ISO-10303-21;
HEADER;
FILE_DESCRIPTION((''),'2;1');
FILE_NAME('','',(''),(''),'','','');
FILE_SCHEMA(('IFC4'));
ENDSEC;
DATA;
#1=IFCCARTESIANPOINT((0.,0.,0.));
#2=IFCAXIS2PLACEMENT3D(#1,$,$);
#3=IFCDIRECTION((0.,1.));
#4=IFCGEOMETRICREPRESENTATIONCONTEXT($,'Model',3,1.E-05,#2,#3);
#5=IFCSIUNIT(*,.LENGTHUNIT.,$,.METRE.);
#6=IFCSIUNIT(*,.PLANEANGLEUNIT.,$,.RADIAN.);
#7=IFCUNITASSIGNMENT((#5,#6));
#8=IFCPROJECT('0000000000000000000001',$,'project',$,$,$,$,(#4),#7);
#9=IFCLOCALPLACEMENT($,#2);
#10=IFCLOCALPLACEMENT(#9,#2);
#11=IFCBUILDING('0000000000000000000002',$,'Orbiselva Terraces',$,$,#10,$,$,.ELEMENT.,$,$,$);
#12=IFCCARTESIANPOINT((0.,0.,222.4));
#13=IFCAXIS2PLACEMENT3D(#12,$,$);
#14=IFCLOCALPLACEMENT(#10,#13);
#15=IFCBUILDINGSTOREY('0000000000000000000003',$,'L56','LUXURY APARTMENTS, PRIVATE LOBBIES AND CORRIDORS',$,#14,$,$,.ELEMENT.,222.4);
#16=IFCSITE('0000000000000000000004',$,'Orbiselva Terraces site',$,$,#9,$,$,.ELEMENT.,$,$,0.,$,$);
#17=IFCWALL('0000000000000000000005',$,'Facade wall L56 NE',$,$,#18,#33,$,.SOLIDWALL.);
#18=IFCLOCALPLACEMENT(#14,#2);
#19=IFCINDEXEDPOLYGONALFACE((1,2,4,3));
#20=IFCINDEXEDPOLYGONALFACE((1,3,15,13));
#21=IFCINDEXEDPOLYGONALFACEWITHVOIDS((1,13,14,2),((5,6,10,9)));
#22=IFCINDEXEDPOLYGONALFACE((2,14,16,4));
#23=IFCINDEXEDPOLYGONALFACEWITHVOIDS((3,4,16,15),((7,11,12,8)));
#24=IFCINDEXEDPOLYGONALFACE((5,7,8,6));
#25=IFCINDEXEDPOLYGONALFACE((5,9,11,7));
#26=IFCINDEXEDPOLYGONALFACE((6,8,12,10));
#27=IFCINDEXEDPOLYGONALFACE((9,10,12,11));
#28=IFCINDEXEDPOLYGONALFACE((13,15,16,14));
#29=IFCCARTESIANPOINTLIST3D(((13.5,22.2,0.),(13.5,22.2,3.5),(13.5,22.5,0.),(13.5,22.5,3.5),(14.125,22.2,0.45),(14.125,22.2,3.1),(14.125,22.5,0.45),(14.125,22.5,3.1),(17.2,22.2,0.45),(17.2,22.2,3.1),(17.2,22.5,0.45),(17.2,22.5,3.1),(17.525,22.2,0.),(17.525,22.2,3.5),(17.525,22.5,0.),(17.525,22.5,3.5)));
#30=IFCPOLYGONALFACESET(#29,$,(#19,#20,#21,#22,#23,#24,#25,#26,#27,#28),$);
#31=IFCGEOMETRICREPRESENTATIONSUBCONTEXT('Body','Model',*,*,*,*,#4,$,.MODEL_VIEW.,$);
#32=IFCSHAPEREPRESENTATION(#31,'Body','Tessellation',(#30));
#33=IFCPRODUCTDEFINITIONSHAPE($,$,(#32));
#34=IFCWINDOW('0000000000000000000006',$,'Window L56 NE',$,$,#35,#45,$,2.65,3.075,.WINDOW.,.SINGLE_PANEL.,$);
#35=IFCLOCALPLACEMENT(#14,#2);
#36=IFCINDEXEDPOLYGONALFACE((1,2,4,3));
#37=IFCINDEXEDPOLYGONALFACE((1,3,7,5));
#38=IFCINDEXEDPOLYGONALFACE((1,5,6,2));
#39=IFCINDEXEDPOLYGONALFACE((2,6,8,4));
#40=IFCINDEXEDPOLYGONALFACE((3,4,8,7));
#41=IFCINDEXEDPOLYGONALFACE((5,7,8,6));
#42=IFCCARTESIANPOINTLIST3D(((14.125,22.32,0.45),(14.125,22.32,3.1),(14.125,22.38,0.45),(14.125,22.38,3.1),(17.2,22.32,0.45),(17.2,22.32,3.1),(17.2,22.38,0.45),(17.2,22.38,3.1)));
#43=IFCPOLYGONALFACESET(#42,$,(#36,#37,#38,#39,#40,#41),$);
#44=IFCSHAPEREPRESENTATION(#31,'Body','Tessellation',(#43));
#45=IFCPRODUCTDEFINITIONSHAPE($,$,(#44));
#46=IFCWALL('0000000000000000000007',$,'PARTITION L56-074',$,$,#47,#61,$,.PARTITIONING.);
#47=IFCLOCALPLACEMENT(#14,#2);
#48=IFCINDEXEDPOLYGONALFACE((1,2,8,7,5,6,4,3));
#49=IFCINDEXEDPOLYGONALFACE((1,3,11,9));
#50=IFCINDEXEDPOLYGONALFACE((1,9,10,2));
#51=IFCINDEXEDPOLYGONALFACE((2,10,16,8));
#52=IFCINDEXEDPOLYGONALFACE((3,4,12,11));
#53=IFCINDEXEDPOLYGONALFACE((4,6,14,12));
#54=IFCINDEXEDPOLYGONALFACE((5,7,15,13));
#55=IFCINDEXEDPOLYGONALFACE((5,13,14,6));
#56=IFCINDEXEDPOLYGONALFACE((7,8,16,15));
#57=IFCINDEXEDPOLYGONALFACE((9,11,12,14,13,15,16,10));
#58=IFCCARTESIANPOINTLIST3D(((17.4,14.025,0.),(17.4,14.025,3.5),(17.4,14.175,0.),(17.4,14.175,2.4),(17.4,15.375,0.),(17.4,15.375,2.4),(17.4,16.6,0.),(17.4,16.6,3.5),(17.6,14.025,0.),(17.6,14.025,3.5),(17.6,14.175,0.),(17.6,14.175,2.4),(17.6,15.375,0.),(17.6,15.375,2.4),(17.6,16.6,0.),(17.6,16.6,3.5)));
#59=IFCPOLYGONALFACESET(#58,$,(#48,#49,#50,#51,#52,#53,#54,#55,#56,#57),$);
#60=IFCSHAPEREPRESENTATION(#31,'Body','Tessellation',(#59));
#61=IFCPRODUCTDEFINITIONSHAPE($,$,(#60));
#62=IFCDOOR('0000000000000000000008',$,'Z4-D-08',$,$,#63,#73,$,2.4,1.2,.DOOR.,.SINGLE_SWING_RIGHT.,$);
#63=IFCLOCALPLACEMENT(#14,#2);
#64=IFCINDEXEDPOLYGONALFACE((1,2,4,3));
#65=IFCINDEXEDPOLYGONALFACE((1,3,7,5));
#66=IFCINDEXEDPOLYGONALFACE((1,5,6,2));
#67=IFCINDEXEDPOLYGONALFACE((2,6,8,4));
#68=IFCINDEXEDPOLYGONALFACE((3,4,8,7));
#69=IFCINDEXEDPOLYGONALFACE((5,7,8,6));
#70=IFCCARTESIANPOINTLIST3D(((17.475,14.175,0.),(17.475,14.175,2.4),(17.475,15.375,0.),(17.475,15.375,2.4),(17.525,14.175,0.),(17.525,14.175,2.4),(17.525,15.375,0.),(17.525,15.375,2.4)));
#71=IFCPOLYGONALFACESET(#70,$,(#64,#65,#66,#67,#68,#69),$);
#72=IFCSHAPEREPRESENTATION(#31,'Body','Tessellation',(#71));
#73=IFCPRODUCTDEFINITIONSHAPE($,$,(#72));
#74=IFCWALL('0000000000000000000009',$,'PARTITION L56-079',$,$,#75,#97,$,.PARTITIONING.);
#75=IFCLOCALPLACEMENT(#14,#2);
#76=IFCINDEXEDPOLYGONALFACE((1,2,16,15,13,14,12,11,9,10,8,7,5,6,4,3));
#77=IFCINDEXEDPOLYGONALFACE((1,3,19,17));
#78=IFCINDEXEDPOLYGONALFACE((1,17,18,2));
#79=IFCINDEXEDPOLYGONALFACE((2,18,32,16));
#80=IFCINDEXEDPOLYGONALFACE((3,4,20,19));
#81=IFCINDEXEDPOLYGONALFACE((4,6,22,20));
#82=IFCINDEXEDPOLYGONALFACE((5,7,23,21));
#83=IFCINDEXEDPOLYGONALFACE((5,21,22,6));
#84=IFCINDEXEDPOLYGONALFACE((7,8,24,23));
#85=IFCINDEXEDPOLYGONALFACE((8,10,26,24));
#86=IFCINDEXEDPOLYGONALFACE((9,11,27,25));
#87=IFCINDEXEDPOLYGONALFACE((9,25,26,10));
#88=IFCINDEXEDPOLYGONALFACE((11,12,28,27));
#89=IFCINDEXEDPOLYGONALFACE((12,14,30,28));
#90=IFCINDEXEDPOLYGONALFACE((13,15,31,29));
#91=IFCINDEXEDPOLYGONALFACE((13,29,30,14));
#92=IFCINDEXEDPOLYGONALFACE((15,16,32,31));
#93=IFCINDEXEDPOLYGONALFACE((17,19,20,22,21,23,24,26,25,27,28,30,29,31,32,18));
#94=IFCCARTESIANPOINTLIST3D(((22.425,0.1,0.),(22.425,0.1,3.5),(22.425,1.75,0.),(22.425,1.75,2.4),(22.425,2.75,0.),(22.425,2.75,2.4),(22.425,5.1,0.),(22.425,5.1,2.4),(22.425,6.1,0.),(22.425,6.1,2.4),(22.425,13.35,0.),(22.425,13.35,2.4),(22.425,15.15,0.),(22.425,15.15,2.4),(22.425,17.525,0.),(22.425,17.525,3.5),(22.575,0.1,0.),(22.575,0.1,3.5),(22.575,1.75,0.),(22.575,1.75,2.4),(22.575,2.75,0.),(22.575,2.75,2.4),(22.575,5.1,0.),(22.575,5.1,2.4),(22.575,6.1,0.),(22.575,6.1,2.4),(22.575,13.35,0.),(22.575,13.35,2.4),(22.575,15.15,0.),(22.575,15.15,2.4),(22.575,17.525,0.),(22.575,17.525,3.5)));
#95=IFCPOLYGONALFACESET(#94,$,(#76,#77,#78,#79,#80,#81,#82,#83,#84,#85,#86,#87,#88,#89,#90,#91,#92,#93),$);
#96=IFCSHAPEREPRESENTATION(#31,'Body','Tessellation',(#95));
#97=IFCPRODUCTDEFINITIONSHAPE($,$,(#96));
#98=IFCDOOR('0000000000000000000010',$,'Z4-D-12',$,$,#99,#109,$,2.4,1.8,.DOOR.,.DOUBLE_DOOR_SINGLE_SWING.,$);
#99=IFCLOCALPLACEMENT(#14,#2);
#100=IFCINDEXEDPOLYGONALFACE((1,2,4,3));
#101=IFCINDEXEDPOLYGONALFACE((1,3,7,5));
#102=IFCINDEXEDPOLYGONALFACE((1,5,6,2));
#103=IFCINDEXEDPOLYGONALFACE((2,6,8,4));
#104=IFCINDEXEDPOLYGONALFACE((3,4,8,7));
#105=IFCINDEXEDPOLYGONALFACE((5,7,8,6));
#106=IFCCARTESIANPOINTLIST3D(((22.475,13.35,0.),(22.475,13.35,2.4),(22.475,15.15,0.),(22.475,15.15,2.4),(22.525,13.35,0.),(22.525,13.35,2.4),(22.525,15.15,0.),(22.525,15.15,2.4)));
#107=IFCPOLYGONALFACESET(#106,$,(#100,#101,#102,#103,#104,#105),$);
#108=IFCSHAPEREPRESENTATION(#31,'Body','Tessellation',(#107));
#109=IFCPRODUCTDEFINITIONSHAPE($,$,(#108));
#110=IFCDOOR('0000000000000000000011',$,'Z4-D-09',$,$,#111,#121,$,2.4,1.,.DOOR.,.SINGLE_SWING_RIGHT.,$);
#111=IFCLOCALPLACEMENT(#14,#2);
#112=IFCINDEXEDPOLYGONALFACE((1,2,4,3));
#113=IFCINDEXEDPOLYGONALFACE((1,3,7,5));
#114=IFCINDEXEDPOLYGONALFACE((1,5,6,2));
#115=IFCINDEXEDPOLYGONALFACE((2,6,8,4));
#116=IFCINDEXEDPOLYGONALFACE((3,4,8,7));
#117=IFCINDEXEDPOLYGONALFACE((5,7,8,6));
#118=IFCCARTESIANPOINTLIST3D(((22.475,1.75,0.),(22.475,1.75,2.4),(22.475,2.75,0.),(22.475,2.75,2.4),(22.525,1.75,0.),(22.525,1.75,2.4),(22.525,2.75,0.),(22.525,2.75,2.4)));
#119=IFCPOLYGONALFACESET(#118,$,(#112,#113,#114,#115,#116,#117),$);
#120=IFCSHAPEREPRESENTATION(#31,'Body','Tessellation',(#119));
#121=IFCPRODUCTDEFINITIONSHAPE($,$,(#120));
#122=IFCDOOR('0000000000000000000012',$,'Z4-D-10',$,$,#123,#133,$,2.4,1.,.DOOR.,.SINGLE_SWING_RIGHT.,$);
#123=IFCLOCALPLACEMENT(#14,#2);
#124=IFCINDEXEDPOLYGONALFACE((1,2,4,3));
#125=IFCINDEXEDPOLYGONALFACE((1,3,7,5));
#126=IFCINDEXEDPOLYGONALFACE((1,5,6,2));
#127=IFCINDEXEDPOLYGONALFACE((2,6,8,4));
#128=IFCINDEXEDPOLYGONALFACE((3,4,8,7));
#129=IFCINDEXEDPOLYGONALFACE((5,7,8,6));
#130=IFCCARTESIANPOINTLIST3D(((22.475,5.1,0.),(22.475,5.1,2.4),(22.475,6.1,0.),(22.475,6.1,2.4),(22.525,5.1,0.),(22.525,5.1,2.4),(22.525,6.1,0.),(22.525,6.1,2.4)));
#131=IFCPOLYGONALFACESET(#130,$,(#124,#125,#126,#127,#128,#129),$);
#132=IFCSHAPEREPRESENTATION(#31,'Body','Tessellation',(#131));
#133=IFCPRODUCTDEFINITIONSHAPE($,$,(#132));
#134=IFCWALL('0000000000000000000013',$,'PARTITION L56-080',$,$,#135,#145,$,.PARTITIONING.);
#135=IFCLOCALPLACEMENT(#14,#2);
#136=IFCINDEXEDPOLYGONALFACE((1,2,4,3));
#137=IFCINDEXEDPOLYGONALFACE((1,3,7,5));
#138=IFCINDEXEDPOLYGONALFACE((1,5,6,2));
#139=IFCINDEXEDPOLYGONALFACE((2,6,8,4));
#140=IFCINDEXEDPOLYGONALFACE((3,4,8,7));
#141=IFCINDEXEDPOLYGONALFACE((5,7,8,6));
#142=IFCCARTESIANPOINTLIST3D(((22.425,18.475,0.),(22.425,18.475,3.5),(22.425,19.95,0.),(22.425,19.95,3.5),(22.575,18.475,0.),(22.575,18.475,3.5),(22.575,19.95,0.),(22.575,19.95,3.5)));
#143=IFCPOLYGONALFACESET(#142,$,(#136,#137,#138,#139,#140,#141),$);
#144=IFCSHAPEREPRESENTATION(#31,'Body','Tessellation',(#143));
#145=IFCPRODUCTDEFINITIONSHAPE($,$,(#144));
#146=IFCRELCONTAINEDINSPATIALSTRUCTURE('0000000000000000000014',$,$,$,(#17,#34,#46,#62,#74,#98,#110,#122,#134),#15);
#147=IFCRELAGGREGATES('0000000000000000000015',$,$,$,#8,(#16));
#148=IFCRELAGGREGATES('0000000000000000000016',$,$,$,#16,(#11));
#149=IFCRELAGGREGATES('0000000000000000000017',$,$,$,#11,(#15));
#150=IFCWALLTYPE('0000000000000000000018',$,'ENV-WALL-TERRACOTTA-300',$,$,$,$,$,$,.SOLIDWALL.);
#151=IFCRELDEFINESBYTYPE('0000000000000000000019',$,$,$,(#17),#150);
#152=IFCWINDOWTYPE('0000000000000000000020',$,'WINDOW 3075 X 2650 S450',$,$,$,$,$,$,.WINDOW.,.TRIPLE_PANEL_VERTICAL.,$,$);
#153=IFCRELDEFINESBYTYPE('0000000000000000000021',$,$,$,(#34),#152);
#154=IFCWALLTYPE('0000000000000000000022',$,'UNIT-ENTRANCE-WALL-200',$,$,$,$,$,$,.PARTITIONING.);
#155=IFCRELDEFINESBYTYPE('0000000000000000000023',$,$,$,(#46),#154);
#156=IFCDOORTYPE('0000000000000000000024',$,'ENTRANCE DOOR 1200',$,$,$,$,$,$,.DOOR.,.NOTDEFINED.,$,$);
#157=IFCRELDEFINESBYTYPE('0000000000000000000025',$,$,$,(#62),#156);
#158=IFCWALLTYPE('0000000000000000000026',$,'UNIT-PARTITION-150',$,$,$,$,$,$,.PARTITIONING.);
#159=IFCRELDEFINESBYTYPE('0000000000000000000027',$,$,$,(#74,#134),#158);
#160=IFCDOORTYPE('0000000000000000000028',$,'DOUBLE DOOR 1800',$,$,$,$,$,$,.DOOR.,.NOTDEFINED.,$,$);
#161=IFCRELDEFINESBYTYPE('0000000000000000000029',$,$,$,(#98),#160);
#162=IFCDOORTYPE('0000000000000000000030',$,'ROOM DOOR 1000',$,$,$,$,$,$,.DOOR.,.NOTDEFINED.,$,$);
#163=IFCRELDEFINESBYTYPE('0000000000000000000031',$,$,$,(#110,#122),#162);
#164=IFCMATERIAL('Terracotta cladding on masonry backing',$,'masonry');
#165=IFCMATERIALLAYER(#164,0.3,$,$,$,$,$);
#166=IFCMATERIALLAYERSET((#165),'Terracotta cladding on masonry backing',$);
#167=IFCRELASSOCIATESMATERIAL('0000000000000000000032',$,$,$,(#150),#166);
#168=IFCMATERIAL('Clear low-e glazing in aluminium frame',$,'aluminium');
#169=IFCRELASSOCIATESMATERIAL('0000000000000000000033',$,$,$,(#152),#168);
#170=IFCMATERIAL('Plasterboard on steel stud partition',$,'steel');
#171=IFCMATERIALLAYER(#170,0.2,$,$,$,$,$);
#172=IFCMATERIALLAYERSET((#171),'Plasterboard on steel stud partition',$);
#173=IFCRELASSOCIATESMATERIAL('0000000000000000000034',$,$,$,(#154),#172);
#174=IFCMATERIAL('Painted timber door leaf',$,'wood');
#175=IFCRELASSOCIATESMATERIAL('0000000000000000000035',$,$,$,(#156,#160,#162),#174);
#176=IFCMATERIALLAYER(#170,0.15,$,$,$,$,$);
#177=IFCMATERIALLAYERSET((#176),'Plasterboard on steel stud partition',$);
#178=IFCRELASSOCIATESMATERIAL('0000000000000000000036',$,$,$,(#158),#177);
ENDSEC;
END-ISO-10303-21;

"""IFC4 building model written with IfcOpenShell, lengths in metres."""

from ifc_helpers import new_model, si_unit, direction, frame, frame_2d, origin, place, context, subcontext, project, spatial, rectangle, extrude, material, layer, layer_set, type_object, element, fill, save


model = new_model("IFC4")

# Units and contexts
model_context = context("Model", 3, precision=1e-05, world=origin(), true_north=direction((0.0, 1.0)))
body_context = subcontext(model_context, "Body", "Model", "MODEL_VIEW")
ifc_project = project(units=[si_unit("LENGTHUNIT", "METRE"), si_unit("PLANEANGLEUNIT", "RADIAN")], contexts=[model_context])

# Site, building, storey
site_placement = place(None, origin())
site = spatial("IfcSite", under=ifc_project, at=site_placement, Name="Orbiselva Terraces site", CompositionType="ELEMENT", RefElevation=0.0)
building_placement = place(site_placement, origin())
building = spatial("IfcBuilding", under=site, at=building_placement, Name="Orbiselva Terraces", CompositionType="ELEMENT")
storey_placement = place(building_placement, frame((0.0, 0.0, 222.4)))
storey = spatial("IfcBuildingStorey", under=building, at=storey_placement, Name="L56", Description="LUXURY APARTMENTS, PRIVATE LOBBIES AND CORRIDORS", CompositionType="ELEMENT", Elevation=222.4)

# Shared definitions
ifc_material_1 = material(Name="Terracotta cladding on masonry backing", Category="masonry")
ifc_layer_1 = layer(ifc_material_1, 0.3)
ifc_layer_set_1 = layer_set([ifc_layer_1], Name="Terracotta cladding on masonry backing")
wall_type_1 = type_object("IfcWallType", Name="ENV-WALL-TERRACOTTA-300", PredefinedType="SOLIDWALL", material=ifc_layer_set_1)
ifc_material_2 = material(Name="Clear low-e glazing in aluminium frame", Category="aluminium")
window_type = type_object("IfcWindowType", Name="WINDOW 3075 X 2650 S450", PartitioningType="TRIPLE_PANEL_VERTICAL", PredefinedType="WINDOW", material=ifc_material_2)

# Wall, opening, window
wall_1_placement = place(storey_placement, frame((13.5, 22.35, 0.0), z_axis=(0.0, 0.0, 1.0), x_axis=(1.0, 0.0, 0.0)))
wall_1 = element("IfcWall", 1, at=wall_1_placement, inside=storey, type_object=wall_type_1, Name="Facade wall L56 NE", PredefinedType="SOLIDWALL", context=body_context, shape_type="SweptSolid", body=[
    extrude(rectangle(XDim=4.025, YDim=0.3, at=frame_2d((2.0125, 0.0))), origin(), (0.0, 0.0, 1.0), 3.5),
])
opening_1_placement = place(wall_1_placement, frame((0.625, 0.0, 0.45)))
opening_1 = element("IfcOpeningElement", 2, at=opening_1_placement, cuts=wall_1, PredefinedType="OPENING", context=body_context, shape_type="SweptSolid", body=[
    extrude(rectangle(XDim=3.075, YDim=2.65, at=frame_2d((1.5375, 1.325))), frame((0.0, 0.16, 0.0), z_axis=(0.0, -1.0, 0.0), x_axis=(1.0, 0.0, 0.0)), (0.0, 0.0, 1.0), 0.32),
])
window_1_placement = place(opening_1_placement, origin())
window_1 = element("IfcWindow", 3, at=window_1_placement, inside=storey, type_object=window_type, Name="Window L56 NE", OverallHeight=2.65, OverallWidth=3.075, PartitioningType="SINGLE_PANEL", PredefinedType="WINDOW", context=body_context, shape_type="SweptSolid", body=[
    extrude(rectangle(XDim=3.075, YDim=2.65, at=frame_2d((1.5375, 1.325))), frame((0.0, 0.03, 0.0), z_axis=(0.0, -1.0, 0.0), x_axis=(1.0, 0.0, 0.0)), (0.0, 0.0, 1.0), 0.06),
])
fill(opening_1, window_1)

# Wall, opening, door
ifc_material_3 = material(Name="Plasterboard on steel stud partition", Category="steel")
ifc_layer_2 = layer(ifc_material_3, 0.2)
ifc_layer_set_2 = layer_set([ifc_layer_2], Name="Plasterboard on steel stud partition")
wall_type_2 = type_object("IfcWallType", Name="UNIT-ENTRANCE-WALL-200", PredefinedType="PARTITIONING", material=ifc_layer_set_2)
wall_2_placement = place(storey_placement, frame((17.5, 16.6, 0.0), z_axis=(0.0, 0.0, 1.0), x_axis=(0.0, -1.0, 0.0)))
wall_2 = element("IfcWall", 4, at=wall_2_placement, inside=storey, type_object=wall_type_2, Name="PARTITION L56-074", PredefinedType="PARTITIONING", context=body_context, shape_type="SweptSolid", body=[
    extrude(rectangle(XDim=2.575, YDim=0.2, at=frame_2d((1.2875, 0.0))), origin(), (0.0, 0.0, 1.0), 3.5),
])
opening_2_placement = place(wall_2_placement, frame((1.225, 0.0, 0.0)))
opening_2 = element("IfcOpeningElement", 5, at=opening_2_placement, cuts=wall_2, PredefinedType="OPENING", context=body_context, shape_type="SweptSolid", body=[
    extrude(rectangle(XDim=1.2, YDim=2.4, at=frame_2d((0.6, 1.2))), frame((0.0, 0.11, 0.0), z_axis=(0.0, -1.0, 0.0), x_axis=(1.0, 0.0, 0.0)), (0.0, 0.0, 1.0), 0.22),
])
ifc_material_4 = material(Name="Painted timber door leaf", Category="wood")
door_type_1 = type_object("IfcDoorType", Name="ENTRANCE DOOR 1200", OperationType="NOTDEFINED", PredefinedType="DOOR", material=ifc_material_4)
door_1_placement = place(opening_2_placement, origin())
door_1 = element("IfcDoor", 6, at=door_1_placement, inside=storey, type_object=door_type_1, Name="Z4-D-08", OperationType="SINGLE_SWING_RIGHT", OverallHeight=2.4, OverallWidth=1.2, PredefinedType="DOOR", context=body_context, shape_type="SweptSolid", body=[
    extrude(rectangle(XDim=1.2, YDim=2.4, at=frame_2d((0.6, 1.2))), frame((0.0, 0.025, 0.0), z_axis=(0.0, -1.0, 0.0), x_axis=(1.0, 0.0, 0.0)), (0.0, 0.0, 1.0), 0.05),
])
fill(opening_2, door_1)

# Wall, openings, doors
ifc_layer_3 = layer(ifc_material_3, 0.15)
ifc_layer_set_3 = layer_set([ifc_layer_3], Name="Plasterboard on steel stud partition")
wall_type_3 = type_object("IfcWallType", Name="UNIT-PARTITION-150", PredefinedType="PARTITIONING", material=ifc_layer_set_3)
wall_3_placement = place(storey_placement, frame((22.5, 17.525, 0.0), z_axis=(0.0, 0.0, 1.0), x_axis=(0.0, -1.0, 0.0)))
wall_3 = element("IfcWall", 7, at=wall_3_placement, inside=storey, type_object=wall_type_3, Name="PARTITION L56-079", PredefinedType="PARTITIONING", context=body_context, shape_type="SweptSolid", body=[
    extrude(rectangle(XDim=17.425, YDim=0.15, at=frame_2d((8.7125, 0.0))), origin(), (0.0, 0.0, 1.0), 3.5),
])
opening_3_placement = place(wall_3_placement, frame((14.775, 0.0, 0.0)))
opening_3 = element("IfcOpeningElement", 8, at=opening_3_placement, cuts=wall_3, PredefinedType="OPENING", context=body_context, shape_type="SweptSolid", body=[
    extrude(rectangle(XDim=1.0, YDim=2.4, at=frame_2d((0.5, 1.2))), frame((0.0, 0.085, 0.0), z_axis=(0.0, -1.0, 0.0), x_axis=(1.0, 0.0, 0.0)), (0.0, 0.0, 1.0), 0.17),
])
opening_4_placement = place(wall_3_placement, frame((11.425, 0.0, 0.0)))
opening_4 = element("IfcOpeningElement", 9, at=opening_4_placement, cuts=wall_3, PredefinedType="OPENING", context=body_context, shape_type="SweptSolid", body=[
    extrude(rectangle(XDim=1.0, YDim=2.4, at=frame_2d((0.5, 1.2))), frame((0.0, 0.085, 0.0), z_axis=(0.0, -1.0, 0.0), x_axis=(1.0, 0.0, 0.0)), (0.0, 0.0, 1.0), 0.17),
])
opening_5_placement = place(wall_3_placement, frame((2.375, 0.0, 0.0)))
opening_5 = element("IfcOpeningElement", 10, at=opening_5_placement, cuts=wall_3, PredefinedType="OPENING", context=body_context, shape_type="SweptSolid", body=[
    extrude(rectangle(XDim=1.8, YDim=2.4, at=frame_2d((0.9, 1.2))), frame((0.0, 0.085, 0.0), z_axis=(0.0, -1.0, 0.0), x_axis=(1.0, 0.0, 0.0)), (0.0, 0.0, 1.0), 0.17),
])
door_type_2 = type_object("IfcDoorType", Name="DOUBLE DOOR 1800", OperationType="NOTDEFINED", PredefinedType="DOOR", material=ifc_material_4)
door_2_placement = place(opening_5_placement, origin())
door_2 = element("IfcDoor", 11, at=door_2_placement, inside=storey, type_object=door_type_2, Name="Z4-D-12", OperationType="DOUBLE_DOOR_SINGLE_SWING", OverallHeight=2.4, OverallWidth=1.8, PredefinedType="DOOR", context=body_context, shape_type="SweptSolid", body=[
    extrude(rectangle(XDim=1.8, YDim=2.4, at=frame_2d((0.9, 1.2))), frame((0.0, 0.025, 0.0), z_axis=(0.0, -1.0, 0.0), x_axis=(1.0, 0.0, 0.0)), (0.0, 0.0, 1.0), 0.05),
])
fill(opening_5, door_2)
door_type_3 = type_object("IfcDoorType", Name="ROOM DOOR 1000", OperationType="NOTDEFINED", PredefinedType="DOOR", material=ifc_material_4)
door_3_placement = place(opening_3_placement, origin())
door_3 = element("IfcDoor", 12, at=door_3_placement, inside=storey, type_object=door_type_3, Name="Z4-D-09", OperationType="SINGLE_SWING_RIGHT", OverallHeight=2.4, OverallWidth=1.0, PredefinedType="DOOR", context=body_context, shape_type="SweptSolid", body=[
    extrude(rectangle(XDim=1.0, YDim=2.4, at=frame_2d((0.5, 1.2))), frame((0.0, 0.025, 0.0), z_axis=(0.0, -1.0, 0.0), x_axis=(1.0, 0.0, 0.0)), (0.0, 0.0, 1.0), 0.05),
])
fill(opening_3, door_3)
door_4_placement = place(opening_4_placement, origin())
door_4 = element("IfcDoor", 13, at=door_4_placement, inside=storey, type_object=door_type_3, Name="Z4-D-10", OperationType="SINGLE_SWING_RIGHT", OverallHeight=2.4, OverallWidth=1.0, PredefinedType="DOOR", context=body_context, shape_type="SweptSolid", body=[
    extrude(rectangle(XDim=1.0, YDim=2.4, at=frame_2d((0.5, 1.2))), frame((0.0, 0.025, 0.0), z_axis=(0.0, -1.0, 0.0), x_axis=(1.0, 0.0, 0.0)), (0.0, 0.0, 1.0), 0.05),
])
fill(opening_4, door_4)

# Wall
wall_4_placement = place(storey_placement, frame((22.5, 18.475, 0.0), z_axis=(0.0, 0.0, 1.0), x_axis=(0.0, 1.0, 0.0)))
element("IfcWall", 14, at=wall_4_placement, inside=storey, type_object=wall_type_3, Name="PARTITION L56-080", PredefinedType="PARTITIONING", context=body_context, shape_type="SweptSolid", body=[
    extrude(rectangle(XDim=1.475, YDim=0.15, at=frame_2d((0.7375, 0.0))), origin(), (0.0, 0.0, 1.0), 3.5),
])

save(model, "model.ifc")
